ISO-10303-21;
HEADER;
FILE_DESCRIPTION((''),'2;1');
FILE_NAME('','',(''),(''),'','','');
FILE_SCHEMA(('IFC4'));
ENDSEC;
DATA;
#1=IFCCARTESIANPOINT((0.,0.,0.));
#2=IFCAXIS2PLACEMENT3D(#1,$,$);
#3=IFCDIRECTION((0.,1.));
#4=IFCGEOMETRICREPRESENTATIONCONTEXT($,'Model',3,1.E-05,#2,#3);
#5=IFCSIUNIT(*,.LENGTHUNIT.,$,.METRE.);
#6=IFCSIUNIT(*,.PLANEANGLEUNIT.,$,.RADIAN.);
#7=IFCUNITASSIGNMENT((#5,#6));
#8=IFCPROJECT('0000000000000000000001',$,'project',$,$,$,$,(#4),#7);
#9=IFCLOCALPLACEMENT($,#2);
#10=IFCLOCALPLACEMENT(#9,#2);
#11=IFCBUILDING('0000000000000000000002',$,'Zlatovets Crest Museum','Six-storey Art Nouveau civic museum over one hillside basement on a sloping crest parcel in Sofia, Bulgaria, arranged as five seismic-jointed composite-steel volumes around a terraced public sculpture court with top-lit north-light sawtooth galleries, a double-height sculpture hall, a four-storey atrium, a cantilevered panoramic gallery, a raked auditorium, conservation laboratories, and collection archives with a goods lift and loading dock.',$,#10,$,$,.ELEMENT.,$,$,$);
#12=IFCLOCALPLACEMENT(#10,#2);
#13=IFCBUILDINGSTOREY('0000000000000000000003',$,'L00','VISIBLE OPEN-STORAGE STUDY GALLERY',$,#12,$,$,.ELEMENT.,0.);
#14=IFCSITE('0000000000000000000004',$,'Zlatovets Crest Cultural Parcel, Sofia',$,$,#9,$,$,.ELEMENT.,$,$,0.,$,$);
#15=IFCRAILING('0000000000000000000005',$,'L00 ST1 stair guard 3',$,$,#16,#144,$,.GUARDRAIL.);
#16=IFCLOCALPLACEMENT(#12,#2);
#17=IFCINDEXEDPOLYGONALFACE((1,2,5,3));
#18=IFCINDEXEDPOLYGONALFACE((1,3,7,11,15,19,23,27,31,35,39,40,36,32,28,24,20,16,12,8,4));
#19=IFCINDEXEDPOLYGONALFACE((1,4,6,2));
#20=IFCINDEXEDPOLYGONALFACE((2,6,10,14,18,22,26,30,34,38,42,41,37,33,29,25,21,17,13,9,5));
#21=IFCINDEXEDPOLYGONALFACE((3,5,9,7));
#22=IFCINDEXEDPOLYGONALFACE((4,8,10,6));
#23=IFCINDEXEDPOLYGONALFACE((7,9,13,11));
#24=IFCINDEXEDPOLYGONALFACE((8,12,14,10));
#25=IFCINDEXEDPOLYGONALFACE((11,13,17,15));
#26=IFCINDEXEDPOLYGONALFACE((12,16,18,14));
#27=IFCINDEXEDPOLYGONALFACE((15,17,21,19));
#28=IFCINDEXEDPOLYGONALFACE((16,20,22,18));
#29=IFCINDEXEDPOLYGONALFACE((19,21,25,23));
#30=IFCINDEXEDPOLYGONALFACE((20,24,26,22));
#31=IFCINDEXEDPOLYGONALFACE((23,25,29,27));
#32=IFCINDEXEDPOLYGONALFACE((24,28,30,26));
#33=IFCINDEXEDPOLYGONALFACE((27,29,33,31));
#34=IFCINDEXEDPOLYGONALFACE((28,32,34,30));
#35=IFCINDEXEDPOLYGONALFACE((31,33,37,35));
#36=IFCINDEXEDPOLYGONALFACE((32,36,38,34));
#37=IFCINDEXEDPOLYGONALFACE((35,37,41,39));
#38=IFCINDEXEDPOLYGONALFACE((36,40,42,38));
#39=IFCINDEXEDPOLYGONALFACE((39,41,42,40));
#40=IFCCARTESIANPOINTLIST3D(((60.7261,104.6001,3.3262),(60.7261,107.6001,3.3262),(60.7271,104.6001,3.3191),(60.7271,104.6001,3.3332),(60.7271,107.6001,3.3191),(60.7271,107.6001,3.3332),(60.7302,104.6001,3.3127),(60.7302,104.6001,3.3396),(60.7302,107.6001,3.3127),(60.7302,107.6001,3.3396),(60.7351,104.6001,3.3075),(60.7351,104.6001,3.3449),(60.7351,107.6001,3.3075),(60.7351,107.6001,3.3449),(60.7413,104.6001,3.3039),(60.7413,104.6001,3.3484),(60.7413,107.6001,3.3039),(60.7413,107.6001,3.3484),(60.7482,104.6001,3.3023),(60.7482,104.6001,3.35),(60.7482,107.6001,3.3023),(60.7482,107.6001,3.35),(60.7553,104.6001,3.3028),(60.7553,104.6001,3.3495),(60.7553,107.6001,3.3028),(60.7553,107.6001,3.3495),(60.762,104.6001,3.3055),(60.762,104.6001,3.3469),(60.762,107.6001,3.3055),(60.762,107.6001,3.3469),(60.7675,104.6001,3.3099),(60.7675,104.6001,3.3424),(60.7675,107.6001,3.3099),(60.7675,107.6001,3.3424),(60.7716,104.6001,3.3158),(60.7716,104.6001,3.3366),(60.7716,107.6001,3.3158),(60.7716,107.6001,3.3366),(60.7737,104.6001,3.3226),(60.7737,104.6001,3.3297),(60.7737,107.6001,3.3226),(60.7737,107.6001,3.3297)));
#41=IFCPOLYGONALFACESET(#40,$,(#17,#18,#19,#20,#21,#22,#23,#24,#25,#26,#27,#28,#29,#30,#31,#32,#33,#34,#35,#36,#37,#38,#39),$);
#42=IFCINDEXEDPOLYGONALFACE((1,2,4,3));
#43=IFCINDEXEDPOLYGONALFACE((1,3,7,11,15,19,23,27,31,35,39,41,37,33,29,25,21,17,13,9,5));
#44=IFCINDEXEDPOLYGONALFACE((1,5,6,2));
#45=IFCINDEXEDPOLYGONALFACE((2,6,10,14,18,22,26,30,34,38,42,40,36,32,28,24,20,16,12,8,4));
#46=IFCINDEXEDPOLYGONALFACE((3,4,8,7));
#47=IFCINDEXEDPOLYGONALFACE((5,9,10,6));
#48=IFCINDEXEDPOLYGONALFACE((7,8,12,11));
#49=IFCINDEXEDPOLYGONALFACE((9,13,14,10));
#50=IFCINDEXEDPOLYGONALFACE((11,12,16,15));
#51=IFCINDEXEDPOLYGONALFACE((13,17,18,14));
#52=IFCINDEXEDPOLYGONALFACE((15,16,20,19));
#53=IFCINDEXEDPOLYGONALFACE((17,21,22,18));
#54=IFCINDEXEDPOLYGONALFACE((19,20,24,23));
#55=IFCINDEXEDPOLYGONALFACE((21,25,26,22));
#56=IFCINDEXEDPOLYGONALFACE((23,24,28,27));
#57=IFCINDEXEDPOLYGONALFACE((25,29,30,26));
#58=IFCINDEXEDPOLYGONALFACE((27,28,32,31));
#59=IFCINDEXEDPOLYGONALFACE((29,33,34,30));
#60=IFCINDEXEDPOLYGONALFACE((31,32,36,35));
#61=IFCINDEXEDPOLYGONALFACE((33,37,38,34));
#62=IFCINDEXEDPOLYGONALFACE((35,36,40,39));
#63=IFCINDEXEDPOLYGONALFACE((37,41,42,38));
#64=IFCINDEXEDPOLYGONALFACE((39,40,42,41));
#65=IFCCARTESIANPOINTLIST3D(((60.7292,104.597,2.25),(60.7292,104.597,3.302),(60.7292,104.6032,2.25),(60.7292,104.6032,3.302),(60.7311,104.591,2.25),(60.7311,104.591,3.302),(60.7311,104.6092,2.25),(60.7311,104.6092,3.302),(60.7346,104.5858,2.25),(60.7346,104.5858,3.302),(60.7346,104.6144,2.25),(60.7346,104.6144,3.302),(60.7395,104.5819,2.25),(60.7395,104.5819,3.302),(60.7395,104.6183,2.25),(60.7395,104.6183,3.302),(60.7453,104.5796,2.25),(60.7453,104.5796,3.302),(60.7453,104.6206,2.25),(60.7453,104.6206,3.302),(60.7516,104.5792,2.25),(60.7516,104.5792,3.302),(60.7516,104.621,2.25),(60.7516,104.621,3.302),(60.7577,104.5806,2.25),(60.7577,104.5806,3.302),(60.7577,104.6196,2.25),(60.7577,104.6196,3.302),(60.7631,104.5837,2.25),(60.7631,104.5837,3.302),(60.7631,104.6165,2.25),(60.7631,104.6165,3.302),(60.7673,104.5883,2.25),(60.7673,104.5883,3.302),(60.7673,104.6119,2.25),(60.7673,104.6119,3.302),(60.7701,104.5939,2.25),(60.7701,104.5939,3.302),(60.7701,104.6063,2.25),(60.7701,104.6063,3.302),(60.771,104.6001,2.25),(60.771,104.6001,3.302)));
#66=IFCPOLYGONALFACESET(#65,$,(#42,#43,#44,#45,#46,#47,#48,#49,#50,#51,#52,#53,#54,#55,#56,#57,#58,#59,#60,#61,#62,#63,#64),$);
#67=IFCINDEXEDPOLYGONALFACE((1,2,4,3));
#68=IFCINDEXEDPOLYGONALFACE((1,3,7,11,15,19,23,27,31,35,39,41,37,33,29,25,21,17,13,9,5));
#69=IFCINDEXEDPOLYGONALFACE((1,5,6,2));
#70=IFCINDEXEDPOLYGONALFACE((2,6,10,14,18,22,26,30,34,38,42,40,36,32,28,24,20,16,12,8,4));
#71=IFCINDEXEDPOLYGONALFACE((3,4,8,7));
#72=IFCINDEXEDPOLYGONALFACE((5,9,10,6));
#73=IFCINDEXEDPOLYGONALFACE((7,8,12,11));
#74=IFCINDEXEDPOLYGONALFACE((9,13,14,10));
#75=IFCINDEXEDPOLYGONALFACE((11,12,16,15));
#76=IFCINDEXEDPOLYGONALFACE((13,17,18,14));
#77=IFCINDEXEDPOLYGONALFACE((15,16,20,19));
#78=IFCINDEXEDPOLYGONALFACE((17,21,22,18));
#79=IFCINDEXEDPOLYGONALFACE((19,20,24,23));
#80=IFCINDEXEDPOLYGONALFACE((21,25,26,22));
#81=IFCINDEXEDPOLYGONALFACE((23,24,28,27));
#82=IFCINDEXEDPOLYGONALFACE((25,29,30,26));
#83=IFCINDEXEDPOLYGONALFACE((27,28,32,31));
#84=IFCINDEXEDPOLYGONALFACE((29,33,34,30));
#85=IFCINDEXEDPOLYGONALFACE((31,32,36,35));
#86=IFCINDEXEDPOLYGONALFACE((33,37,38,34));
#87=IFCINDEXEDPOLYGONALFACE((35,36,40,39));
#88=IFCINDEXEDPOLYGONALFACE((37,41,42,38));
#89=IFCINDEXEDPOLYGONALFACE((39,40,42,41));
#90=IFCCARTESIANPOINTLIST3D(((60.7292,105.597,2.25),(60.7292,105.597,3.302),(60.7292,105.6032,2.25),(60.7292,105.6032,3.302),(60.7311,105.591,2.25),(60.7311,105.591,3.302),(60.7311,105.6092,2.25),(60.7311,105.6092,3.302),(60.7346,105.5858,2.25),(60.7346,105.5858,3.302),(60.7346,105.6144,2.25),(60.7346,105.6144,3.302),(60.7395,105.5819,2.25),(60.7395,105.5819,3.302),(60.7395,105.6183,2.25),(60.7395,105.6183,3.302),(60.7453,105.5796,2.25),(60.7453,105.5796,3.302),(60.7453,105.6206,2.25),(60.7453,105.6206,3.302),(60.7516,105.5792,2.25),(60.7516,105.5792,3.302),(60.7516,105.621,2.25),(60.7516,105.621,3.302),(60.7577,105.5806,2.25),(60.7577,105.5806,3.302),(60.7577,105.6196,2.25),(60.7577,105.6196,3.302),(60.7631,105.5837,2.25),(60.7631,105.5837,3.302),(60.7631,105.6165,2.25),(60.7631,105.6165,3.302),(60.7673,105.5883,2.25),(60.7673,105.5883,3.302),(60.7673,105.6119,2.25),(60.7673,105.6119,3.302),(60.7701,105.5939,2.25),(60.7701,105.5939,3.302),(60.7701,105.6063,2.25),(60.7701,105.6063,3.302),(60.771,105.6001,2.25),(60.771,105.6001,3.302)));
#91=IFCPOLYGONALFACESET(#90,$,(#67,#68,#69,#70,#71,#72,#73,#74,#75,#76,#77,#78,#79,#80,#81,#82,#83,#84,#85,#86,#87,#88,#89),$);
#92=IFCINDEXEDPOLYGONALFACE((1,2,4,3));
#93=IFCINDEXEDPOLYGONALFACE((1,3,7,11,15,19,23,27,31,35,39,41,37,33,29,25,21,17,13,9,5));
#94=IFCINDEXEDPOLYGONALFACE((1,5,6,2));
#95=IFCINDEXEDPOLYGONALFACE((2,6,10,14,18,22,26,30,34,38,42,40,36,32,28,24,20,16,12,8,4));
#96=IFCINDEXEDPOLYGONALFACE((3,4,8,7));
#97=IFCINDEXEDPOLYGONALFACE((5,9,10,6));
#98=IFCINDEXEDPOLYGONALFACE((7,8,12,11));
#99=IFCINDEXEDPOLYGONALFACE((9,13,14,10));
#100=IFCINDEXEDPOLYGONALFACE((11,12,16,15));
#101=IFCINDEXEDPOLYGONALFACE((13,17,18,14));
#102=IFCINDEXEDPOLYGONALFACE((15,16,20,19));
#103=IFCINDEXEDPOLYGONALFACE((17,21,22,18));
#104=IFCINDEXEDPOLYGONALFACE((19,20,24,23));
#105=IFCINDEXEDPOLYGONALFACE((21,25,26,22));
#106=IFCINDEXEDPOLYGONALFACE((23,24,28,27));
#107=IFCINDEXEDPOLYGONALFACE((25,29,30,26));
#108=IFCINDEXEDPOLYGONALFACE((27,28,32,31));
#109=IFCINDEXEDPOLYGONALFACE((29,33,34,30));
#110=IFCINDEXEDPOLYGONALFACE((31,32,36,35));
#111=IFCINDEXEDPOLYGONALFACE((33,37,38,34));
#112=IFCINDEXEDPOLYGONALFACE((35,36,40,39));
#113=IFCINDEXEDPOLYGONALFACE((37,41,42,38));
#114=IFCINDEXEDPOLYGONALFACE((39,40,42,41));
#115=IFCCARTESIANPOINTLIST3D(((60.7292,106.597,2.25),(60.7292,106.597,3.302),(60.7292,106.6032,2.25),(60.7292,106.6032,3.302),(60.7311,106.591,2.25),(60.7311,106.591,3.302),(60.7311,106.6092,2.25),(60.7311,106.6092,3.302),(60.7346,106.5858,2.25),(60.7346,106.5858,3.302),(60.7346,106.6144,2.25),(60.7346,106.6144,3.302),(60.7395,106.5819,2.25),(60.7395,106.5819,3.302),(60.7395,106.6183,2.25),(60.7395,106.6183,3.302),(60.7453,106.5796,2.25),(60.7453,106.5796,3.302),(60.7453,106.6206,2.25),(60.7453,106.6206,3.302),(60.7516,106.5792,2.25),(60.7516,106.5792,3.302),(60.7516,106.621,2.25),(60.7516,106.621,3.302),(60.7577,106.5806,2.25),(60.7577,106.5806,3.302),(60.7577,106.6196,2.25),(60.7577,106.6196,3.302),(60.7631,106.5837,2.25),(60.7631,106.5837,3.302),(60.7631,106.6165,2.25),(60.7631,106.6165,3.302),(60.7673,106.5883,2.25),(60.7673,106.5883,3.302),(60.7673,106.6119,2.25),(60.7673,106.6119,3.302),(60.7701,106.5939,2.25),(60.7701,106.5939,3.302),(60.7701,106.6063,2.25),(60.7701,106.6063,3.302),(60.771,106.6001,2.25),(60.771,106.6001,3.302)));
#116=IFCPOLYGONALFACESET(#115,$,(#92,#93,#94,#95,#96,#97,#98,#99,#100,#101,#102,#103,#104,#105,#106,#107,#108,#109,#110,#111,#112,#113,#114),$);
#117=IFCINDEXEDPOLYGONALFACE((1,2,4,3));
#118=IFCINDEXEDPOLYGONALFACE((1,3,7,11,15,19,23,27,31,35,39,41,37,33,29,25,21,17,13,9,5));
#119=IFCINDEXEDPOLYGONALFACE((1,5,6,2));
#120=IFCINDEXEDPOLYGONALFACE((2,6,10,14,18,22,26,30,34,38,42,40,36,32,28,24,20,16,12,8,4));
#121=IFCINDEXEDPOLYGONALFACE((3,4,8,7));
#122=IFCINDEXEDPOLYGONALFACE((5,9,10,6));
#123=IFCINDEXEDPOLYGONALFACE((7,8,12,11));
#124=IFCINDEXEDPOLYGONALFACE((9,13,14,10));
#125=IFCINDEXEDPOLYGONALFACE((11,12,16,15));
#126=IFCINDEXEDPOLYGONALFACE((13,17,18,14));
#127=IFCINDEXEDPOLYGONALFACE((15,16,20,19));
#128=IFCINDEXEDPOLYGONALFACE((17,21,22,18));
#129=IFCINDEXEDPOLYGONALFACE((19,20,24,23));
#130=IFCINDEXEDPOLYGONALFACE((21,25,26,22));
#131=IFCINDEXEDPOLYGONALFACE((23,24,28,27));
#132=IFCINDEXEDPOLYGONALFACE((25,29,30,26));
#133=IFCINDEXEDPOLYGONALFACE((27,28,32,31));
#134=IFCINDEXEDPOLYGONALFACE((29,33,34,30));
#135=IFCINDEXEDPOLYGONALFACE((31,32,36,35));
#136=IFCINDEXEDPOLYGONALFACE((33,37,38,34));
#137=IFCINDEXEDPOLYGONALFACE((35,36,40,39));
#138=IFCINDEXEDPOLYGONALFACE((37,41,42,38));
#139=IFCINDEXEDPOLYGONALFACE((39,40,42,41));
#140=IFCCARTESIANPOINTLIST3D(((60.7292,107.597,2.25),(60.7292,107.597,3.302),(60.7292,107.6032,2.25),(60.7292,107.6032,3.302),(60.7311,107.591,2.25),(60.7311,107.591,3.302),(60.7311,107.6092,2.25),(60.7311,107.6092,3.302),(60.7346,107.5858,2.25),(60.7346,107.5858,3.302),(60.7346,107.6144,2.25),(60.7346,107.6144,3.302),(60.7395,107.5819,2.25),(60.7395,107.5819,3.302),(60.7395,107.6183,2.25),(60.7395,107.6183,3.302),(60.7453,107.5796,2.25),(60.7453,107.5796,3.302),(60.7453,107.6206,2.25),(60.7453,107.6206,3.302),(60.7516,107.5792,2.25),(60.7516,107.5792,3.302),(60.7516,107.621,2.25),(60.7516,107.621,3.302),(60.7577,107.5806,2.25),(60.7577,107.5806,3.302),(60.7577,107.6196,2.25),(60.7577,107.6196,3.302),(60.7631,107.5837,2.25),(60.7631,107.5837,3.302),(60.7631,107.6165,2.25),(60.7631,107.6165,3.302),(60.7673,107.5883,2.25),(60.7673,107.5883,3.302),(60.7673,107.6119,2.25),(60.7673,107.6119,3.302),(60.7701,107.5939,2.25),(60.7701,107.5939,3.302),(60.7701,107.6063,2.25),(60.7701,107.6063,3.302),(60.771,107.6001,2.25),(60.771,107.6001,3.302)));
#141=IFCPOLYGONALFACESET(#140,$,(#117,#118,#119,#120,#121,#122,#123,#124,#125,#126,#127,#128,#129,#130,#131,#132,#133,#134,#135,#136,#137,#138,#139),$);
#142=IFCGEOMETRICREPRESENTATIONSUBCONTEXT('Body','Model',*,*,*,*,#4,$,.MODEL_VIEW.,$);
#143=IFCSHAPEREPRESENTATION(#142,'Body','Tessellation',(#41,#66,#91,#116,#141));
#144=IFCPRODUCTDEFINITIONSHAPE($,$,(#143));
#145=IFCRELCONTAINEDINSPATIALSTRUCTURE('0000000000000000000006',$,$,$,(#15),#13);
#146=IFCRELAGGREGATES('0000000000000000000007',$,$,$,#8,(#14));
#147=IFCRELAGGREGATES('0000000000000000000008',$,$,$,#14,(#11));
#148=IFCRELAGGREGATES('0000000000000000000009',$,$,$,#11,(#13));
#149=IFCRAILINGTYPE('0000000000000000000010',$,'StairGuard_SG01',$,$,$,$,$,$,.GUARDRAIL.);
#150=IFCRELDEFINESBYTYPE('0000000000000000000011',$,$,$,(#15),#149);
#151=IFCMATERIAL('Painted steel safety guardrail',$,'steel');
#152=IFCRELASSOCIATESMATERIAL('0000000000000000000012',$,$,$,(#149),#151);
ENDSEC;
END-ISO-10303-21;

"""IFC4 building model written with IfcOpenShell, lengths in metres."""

from ifc_helpers import new_model, si_unit, direction, frame, origin, origin_2d, place, context, subcontext, project, spatial, circle, extrude, material, type_object, element, save


model = new_model("IFC4")

# Units and contexts
model_context = context("Model", 3, precision=1e-05, world=origin(), true_north=direction((0.0, 1.0)))
body_context = subcontext(model_context, "Body", "Model", "MODEL_VIEW")
ifc_project = project(units=[si_unit("LENGTHUNIT", "METRE"), si_unit("PLANEANGLEUNIT", "RADIAN")], contexts=[model_context])

# Site, building, storey
site_placement = place(None, origin())
site = spatial("IfcSite", under=ifc_project, at=site_placement, Name="Zlatovets Crest Cultural Parcel, Sofia", CompositionType="ELEMENT", RefElevation=0.0)
building_placement = place(site_placement, origin())
building = spatial("IfcBuilding", under=site, at=building_placement, Name="Zlatovets Crest Museum", Description="Six-storey Art Nouveau civic museum over one hillside basement on a sloping crest parcel in Sofia, Bulgaria, arranged as five seismic-jointed composite-steel volumes around a terraced public sculpture court with top-lit north-light sawtooth galleries, a double-height sculpture hall, a four-storey atrium, a cantilevered panoramic gallery, a raked auditorium, conservation laboratories, and collection archives with a goods lift and loading dock.", CompositionType="ELEMENT")
storey_placement = place(building_placement, origin())
storey = spatial("IfcBuildingStorey", under=building, at=storey_placement, Name="L00", Description="VISIBLE OPEN-STORAGE STUDY GALLERY", CompositionType="ELEMENT", Elevation=0.0)

# Railing
ifc_material_1 = material(Name="Painted steel safety guardrail", Category="steel")
railing_type_1 = type_object("IfcRailingType", Name="StairGuard_SG01", PredefinedType="GUARDRAIL", material=ifc_material_1)
for number, where, name in (
    (1, (60.75, 104.6001, 2.25), "L00 ST1 stair guard 3"),
):
    element("IfcRailing", number, at=place(storey_placement, frame(where)), inside=storey, type_object=railing_type_1, Name=name, PredefinedType="GUARDRAIL", context=body_context, shape_type="SweptSolid", body=[
        extrude(circle(Radius=0.0239, at=origin_2d()), frame((0.0, 0.0, 1.0762), z_axis=(0.0, 1.0, 0.0), x_axis=(-1.0, 0.0, 0.0)), (0.0, 0.0, 1.0), 3.0),
        extrude(circle(Radius=0.021, at=origin_2d()), origin(), (0.0, 0.0, 1.0), 1.052),
        extrude(circle(Radius=0.021, at=origin_2d()), frame((0.0, 1.0, 0.0)), (0.0, 0.0, 1.0), 1.052),
        extrude(circle(Radius=0.021, at=origin_2d()), frame((0.0, 2.0, 0.0)), (0.0, 0.0, 1.0), 1.052),
        extrude(circle(Radius=0.021, at=origin_2d()), frame((0.0, 3.0, 0.0)), (0.0, 0.0, 1.0), 1.052),
    ])

save(model, "model.ifc")
